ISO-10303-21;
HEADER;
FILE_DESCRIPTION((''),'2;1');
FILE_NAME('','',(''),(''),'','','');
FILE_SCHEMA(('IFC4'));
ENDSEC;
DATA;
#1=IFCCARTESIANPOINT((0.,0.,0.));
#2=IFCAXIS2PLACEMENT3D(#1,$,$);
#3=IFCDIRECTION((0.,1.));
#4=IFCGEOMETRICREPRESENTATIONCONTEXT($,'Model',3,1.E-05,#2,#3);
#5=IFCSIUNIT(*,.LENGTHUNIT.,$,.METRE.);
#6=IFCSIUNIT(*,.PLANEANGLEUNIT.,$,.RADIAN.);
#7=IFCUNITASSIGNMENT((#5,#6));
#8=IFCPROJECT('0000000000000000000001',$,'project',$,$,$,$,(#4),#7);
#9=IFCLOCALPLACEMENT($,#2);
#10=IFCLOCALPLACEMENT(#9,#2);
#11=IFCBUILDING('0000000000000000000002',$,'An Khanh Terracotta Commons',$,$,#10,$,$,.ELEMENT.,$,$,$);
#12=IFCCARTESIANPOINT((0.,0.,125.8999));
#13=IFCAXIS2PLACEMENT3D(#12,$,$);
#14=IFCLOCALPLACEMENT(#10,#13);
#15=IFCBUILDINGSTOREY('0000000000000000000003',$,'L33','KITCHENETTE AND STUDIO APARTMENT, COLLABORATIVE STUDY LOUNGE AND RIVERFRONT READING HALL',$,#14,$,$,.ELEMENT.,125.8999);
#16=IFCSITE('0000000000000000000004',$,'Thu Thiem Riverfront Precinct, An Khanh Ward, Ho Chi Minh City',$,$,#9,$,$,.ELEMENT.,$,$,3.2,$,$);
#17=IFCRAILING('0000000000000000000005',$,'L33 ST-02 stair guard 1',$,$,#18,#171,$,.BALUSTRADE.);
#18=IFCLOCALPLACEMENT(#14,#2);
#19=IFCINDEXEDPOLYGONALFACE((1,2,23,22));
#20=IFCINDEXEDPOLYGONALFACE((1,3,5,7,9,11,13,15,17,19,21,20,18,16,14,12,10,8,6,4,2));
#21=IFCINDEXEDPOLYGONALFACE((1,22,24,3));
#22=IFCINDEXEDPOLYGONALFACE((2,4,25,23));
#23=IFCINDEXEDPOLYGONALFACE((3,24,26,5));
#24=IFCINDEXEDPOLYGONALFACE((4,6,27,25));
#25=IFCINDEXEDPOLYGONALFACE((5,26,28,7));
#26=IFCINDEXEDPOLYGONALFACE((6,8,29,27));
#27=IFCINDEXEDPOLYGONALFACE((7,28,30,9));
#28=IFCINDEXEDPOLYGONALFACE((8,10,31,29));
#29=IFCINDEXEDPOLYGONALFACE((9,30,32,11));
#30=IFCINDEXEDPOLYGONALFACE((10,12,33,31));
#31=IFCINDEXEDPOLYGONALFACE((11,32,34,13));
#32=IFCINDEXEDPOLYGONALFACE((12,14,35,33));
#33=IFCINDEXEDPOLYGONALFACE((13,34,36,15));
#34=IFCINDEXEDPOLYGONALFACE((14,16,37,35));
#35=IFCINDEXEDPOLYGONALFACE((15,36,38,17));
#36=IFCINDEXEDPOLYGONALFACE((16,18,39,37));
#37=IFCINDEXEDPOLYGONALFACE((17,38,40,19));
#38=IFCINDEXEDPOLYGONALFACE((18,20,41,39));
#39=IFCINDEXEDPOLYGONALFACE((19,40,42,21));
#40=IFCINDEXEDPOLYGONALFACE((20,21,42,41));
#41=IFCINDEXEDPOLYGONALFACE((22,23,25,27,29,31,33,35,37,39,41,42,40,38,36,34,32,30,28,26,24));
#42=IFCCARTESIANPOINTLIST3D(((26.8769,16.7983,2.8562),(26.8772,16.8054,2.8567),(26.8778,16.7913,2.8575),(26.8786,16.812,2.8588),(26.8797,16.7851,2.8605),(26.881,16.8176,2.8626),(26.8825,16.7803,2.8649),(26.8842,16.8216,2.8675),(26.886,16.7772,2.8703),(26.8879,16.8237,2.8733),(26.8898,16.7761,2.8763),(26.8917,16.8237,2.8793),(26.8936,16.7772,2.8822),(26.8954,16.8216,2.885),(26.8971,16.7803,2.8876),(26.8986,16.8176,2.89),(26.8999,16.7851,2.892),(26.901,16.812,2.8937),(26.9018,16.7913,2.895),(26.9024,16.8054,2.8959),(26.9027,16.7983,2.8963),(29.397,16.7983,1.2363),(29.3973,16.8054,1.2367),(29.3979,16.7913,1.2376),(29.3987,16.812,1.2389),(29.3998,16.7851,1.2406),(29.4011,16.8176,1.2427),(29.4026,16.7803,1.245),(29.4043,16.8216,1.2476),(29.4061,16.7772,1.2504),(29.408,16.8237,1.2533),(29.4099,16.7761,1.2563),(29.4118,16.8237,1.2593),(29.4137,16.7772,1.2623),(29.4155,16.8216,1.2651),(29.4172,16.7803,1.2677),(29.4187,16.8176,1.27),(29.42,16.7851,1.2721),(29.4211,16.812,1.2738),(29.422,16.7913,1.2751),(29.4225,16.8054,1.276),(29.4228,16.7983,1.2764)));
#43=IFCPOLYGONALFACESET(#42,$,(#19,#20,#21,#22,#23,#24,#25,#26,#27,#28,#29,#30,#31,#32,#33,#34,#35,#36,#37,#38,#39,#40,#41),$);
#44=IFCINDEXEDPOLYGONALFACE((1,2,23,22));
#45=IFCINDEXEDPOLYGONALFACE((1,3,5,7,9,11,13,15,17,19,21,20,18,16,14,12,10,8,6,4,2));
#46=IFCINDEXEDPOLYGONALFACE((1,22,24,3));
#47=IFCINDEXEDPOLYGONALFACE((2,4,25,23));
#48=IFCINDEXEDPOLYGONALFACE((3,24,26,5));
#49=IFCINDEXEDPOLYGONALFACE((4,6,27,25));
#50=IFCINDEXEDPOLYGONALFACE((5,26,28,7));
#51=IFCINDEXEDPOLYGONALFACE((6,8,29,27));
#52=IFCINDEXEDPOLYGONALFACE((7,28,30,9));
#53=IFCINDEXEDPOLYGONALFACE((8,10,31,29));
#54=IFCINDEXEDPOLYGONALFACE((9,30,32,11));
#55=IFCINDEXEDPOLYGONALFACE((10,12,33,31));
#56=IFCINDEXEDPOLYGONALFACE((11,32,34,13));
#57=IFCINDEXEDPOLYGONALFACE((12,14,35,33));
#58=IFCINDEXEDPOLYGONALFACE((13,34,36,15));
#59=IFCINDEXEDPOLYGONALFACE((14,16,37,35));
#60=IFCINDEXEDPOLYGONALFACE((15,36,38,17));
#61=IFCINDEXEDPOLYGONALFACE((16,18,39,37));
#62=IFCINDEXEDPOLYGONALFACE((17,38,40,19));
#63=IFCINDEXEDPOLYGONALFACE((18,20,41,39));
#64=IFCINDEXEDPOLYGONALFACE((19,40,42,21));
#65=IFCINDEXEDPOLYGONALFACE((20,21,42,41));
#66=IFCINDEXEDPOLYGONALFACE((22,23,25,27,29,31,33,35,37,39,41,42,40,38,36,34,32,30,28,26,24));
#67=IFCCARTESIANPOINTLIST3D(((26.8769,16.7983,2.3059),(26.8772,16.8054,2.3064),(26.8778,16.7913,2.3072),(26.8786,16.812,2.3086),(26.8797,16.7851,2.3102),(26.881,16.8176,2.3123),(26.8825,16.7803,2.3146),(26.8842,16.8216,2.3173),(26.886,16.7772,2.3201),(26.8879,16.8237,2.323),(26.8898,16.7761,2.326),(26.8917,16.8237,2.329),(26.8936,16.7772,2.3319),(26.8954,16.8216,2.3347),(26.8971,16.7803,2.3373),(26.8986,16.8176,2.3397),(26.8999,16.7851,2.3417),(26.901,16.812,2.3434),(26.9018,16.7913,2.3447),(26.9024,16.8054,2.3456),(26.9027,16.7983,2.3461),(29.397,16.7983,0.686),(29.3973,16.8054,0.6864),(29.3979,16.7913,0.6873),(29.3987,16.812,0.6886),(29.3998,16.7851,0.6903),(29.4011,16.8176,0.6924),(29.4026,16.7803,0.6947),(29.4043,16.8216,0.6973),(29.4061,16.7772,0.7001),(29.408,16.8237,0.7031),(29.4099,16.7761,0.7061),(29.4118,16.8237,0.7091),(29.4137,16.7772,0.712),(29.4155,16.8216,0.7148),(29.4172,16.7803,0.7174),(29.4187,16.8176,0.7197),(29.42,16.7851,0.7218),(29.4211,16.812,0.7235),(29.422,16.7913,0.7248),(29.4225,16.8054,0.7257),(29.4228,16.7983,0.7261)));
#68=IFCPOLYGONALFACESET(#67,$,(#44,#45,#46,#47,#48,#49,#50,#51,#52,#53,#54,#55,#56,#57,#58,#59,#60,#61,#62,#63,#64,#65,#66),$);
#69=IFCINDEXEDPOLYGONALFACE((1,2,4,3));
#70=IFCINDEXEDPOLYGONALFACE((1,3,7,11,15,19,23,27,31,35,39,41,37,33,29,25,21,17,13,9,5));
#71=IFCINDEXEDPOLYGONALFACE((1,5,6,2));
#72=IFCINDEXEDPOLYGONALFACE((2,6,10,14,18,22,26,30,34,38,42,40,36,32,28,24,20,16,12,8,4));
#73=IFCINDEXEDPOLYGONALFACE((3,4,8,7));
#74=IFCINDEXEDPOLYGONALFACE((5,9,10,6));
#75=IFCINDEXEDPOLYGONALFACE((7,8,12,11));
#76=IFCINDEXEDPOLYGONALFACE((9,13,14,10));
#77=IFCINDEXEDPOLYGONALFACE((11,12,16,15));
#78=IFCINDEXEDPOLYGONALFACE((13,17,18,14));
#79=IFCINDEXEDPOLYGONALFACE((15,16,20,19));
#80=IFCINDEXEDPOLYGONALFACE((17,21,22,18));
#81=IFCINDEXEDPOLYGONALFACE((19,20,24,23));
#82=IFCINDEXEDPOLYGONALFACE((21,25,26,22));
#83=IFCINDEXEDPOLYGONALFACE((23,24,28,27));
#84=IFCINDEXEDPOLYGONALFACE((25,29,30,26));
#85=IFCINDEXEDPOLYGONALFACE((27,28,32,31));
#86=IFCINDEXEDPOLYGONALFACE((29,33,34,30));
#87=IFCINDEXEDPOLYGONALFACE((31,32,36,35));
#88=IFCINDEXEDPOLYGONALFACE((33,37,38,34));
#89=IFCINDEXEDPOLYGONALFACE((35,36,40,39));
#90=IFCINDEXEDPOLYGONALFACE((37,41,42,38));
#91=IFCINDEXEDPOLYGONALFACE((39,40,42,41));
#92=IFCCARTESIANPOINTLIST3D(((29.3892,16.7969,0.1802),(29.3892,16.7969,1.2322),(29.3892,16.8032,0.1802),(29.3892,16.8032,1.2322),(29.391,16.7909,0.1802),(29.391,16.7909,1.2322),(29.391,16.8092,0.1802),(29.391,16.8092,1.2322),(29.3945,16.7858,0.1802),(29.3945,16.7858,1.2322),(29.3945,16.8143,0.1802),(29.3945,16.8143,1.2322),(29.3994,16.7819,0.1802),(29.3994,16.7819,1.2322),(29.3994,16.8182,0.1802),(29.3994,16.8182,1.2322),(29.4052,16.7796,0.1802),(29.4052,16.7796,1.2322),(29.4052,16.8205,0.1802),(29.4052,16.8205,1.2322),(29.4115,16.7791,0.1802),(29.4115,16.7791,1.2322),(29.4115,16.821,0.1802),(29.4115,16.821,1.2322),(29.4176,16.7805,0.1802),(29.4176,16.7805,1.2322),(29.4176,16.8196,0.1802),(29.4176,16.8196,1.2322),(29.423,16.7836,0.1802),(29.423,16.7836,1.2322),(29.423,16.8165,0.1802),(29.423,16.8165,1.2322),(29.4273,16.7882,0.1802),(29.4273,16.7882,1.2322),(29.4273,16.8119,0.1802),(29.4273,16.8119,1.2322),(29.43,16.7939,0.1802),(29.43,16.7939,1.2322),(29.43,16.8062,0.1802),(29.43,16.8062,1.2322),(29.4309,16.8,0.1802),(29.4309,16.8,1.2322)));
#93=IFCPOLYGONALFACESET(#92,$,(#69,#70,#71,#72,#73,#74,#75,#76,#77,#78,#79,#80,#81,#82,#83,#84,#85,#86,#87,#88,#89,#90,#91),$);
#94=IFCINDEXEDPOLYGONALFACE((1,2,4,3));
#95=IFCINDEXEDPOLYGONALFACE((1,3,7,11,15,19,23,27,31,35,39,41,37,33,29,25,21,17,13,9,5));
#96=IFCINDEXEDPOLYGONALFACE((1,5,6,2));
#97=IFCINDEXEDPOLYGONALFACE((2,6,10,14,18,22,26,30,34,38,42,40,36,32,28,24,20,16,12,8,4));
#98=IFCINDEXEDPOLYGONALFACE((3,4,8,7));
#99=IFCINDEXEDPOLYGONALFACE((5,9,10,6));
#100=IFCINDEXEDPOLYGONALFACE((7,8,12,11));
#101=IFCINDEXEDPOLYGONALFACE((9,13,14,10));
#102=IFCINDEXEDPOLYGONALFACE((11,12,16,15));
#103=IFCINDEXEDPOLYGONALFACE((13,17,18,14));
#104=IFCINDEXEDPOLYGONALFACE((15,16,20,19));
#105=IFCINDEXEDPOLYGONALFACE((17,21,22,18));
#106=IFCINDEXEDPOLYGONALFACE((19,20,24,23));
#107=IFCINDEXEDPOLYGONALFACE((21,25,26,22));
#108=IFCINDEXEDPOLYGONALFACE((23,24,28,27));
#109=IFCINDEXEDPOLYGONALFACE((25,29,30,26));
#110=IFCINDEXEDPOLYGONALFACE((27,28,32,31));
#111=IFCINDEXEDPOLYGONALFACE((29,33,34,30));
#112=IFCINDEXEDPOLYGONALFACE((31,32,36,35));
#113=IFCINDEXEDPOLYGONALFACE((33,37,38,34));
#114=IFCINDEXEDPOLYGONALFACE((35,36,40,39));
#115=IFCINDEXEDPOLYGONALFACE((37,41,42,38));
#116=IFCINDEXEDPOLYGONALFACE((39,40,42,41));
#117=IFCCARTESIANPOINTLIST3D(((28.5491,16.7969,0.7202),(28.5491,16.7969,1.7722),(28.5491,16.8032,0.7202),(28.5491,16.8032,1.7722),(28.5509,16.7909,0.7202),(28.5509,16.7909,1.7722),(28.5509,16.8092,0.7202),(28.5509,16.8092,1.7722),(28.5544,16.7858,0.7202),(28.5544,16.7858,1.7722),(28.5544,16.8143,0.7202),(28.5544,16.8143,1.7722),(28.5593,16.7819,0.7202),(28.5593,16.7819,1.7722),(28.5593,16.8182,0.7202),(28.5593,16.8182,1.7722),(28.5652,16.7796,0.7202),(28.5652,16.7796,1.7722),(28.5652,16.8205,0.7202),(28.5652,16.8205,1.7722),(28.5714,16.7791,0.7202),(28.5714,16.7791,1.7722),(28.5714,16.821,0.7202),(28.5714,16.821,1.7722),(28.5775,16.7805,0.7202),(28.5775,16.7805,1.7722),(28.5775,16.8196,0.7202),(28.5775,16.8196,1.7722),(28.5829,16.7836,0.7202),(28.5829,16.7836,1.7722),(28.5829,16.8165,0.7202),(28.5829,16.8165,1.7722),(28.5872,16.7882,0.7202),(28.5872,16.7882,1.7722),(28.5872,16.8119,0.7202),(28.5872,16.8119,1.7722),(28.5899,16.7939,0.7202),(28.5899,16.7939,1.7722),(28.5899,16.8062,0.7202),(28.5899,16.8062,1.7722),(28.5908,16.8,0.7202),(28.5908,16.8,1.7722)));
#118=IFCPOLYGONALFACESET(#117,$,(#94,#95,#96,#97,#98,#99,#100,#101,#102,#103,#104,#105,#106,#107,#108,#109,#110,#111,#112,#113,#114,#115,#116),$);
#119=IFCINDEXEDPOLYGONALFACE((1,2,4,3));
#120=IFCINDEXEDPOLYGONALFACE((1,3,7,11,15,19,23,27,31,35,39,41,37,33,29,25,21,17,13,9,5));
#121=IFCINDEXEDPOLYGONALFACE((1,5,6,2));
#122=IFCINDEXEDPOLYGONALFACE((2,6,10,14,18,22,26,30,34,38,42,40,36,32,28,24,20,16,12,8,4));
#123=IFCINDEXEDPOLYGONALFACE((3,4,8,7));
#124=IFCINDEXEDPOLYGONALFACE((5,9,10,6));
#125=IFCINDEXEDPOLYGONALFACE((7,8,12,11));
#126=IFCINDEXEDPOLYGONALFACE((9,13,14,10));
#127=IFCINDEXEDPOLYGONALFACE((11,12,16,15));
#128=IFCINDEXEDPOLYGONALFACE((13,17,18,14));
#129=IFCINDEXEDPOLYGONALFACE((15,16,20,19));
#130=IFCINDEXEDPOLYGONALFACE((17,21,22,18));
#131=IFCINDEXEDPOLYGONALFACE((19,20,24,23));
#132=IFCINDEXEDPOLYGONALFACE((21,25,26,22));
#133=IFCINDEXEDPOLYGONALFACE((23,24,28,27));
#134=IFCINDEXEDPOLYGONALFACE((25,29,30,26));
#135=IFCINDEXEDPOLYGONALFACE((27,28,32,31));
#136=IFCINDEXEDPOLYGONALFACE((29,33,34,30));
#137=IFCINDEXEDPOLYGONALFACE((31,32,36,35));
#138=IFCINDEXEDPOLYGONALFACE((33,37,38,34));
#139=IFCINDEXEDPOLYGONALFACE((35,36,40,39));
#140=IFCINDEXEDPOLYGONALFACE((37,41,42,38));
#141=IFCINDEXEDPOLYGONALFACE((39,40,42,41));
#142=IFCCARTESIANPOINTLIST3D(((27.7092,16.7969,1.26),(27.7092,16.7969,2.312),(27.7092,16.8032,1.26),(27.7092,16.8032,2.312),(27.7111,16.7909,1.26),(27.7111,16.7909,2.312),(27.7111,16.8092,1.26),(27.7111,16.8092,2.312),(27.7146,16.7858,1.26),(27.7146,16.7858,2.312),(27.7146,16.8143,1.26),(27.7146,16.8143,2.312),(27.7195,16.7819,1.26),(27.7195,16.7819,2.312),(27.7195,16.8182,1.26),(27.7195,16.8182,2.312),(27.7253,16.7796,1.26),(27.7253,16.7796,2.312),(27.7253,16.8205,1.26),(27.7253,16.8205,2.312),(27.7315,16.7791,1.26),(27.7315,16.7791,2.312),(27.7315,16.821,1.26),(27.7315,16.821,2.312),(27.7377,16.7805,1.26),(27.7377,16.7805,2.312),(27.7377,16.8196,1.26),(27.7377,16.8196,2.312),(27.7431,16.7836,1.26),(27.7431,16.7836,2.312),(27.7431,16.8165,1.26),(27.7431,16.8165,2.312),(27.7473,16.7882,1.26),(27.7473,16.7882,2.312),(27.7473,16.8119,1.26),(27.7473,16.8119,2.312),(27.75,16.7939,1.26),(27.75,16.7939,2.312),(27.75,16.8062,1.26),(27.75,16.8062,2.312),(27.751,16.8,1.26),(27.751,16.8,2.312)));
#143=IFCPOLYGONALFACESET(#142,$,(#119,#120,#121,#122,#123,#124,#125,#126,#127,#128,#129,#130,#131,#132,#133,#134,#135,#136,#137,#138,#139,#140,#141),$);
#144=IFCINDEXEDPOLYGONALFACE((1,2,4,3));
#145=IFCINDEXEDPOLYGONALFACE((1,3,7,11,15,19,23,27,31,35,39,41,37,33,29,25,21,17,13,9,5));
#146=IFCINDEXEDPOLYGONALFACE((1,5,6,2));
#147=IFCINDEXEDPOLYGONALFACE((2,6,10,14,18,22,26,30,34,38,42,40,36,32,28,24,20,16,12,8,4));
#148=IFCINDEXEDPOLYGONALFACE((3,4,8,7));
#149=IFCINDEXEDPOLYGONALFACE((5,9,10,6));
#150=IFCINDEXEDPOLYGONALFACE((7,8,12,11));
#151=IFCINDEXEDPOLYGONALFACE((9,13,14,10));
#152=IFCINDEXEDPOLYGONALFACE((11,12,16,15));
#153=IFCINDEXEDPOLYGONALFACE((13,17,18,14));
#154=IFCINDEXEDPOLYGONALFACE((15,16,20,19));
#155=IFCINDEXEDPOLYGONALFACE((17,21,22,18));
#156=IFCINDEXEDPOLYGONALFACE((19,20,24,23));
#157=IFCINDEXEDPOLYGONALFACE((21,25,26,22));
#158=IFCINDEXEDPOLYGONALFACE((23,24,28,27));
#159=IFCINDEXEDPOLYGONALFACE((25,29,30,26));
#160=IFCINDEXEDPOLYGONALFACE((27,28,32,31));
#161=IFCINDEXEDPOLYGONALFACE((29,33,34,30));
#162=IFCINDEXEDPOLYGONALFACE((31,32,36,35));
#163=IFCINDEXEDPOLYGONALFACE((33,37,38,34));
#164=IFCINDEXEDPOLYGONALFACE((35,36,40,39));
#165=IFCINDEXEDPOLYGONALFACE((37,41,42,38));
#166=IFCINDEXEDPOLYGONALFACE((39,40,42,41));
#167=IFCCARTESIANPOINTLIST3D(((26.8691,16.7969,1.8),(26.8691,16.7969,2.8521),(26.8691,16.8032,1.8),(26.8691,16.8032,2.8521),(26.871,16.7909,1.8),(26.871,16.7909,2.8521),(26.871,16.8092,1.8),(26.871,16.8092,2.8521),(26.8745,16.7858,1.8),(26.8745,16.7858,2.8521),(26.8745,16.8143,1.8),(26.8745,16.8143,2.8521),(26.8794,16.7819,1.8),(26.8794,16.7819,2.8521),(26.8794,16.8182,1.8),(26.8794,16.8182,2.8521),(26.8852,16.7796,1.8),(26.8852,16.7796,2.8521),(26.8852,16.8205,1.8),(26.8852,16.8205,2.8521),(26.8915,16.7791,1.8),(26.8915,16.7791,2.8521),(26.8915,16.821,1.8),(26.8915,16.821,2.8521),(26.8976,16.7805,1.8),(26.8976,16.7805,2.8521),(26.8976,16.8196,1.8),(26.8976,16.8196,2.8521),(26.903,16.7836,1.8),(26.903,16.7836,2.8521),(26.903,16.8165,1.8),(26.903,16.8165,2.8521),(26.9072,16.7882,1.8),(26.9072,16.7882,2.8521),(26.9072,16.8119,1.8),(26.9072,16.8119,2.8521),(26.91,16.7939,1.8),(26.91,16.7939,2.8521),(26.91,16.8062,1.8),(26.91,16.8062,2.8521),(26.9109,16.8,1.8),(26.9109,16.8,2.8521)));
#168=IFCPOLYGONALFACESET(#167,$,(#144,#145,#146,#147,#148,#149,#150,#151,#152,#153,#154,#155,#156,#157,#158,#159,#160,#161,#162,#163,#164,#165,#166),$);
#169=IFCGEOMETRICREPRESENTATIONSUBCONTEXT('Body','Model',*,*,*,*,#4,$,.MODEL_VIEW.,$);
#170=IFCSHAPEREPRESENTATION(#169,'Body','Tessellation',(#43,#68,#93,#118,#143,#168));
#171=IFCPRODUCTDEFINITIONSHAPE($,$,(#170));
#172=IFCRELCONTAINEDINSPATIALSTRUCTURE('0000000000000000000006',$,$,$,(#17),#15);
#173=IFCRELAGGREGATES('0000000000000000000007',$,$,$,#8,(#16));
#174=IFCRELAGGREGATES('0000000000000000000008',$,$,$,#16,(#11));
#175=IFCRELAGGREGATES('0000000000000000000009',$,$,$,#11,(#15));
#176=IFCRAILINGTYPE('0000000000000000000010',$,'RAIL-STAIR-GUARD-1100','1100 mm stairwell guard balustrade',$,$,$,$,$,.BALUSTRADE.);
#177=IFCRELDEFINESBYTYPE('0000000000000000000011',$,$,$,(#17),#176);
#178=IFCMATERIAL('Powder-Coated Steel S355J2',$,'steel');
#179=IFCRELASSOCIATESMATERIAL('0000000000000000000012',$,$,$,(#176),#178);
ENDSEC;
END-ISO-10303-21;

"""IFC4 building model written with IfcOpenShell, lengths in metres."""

from ifc_helpers import new_model, si_unit, direction, frame, origin, origin_2d, place, context, subcontext, project, spatial, circle, extrude, material, type_object, element, save


model = new_model("IFC4")

# Units and contexts
model_context = context("Model", 3, precision=1e-05, world=origin(), true_north=direction((0.0, 1.0)))
body_context = subcontext(model_context, "Body", "Model", "MODEL_VIEW")
ifc_project = project(units=[si_unit("LENGTHUNIT", "METRE"), si_unit("PLANEANGLEUNIT", "RADIAN")], contexts=[model_context])

# Site, building, storey
site_placement = place(None, origin())
site = spatial("IfcSite", under=ifc_project, at=site_placement, Name="Thu Thiem Riverfront Precinct, An Khanh Ward, Ho Chi Minh City", CompositionType="ELEMENT", RefElevation=3.2)
building_placement = place(site_placement, origin())
building = spatial("IfcBuilding", under=site, at=building_placement, Name="An Khanh Terracotta Commons", CompositionType="ELEMENT")
storey_placement = place(building_placement, frame((0.0, 0.0, 125.8999)))
storey = spatial("IfcBuildingStorey", under=building, at=storey_placement, Name="L33", Description="KITCHENETTE AND STUDIO APARTMENT, COLLABORATIVE STUDY LOUNGE AND RIVERFRONT READING HALL", CompositionType="ELEMENT", Elevation=125.8999)

# Railing
ifc_material_1 = material(Name="Powder-Coated Steel S355J2", Category="steel")
railing_type_1 = type_object("IfcRailingType", Name="RAIL-STAIR-GUARD-1100", Description="1100 mm stairwell guard balustrade", PredefinedType="BALUSTRADE", material=ifc_material_1)
railing_1_placement = place(storey_placement, frame((29.4099, 16.8, 0.1802)))
element("IfcRailing", 1, at=railing_1_placement, inside=storey, type_object=railing_type_1, Name="L33 ST-02 stair guard 1", PredefinedType="BALUSTRADE", context=body_context, shape_type="SweptSolid", body=[
    extrude(circle(Radius=0.0239, at=origin_2d()), frame((0.0, 0.0, 1.0762), z_axis=(-0.8412, 0.0, 0.540725), x_axis=(0.0, -1.0, 0.0)), (0.0, 0.0, 1.0), 2.9958),
    extrude(circle(Radius=0.0239, at=origin_2d()), frame((0.0, 0.0, 0.5259), z_axis=(-0.8412, 0.0, 0.540725), x_axis=(0.0, -1.0, 0.0)), (0.0, 0.0, 1.0), 2.9958),
    extrude(circle(Radius=0.021, at=origin_2d()), origin(), (0.0, 0.0, 1.0), 1.052),
    extrude(circle(Radius=0.021, at=origin_2d()), frame((-0.8401, 0.0, 0.54)), (0.0, 0.0, 1.0), 1.052),
    extrude(circle(Radius=0.021, at=origin_2d()), frame((-1.6799, 0.0, 1.0798)), (0.0, 0.0, 1.0), 1.052),
    extrude(circle(Radius=0.021, at=origin_2d()), frame((-2.52, 0.0, 1.6199)), (0.0, 0.0, 1.0), 1.052),
])

save(model, "model.ifc")
